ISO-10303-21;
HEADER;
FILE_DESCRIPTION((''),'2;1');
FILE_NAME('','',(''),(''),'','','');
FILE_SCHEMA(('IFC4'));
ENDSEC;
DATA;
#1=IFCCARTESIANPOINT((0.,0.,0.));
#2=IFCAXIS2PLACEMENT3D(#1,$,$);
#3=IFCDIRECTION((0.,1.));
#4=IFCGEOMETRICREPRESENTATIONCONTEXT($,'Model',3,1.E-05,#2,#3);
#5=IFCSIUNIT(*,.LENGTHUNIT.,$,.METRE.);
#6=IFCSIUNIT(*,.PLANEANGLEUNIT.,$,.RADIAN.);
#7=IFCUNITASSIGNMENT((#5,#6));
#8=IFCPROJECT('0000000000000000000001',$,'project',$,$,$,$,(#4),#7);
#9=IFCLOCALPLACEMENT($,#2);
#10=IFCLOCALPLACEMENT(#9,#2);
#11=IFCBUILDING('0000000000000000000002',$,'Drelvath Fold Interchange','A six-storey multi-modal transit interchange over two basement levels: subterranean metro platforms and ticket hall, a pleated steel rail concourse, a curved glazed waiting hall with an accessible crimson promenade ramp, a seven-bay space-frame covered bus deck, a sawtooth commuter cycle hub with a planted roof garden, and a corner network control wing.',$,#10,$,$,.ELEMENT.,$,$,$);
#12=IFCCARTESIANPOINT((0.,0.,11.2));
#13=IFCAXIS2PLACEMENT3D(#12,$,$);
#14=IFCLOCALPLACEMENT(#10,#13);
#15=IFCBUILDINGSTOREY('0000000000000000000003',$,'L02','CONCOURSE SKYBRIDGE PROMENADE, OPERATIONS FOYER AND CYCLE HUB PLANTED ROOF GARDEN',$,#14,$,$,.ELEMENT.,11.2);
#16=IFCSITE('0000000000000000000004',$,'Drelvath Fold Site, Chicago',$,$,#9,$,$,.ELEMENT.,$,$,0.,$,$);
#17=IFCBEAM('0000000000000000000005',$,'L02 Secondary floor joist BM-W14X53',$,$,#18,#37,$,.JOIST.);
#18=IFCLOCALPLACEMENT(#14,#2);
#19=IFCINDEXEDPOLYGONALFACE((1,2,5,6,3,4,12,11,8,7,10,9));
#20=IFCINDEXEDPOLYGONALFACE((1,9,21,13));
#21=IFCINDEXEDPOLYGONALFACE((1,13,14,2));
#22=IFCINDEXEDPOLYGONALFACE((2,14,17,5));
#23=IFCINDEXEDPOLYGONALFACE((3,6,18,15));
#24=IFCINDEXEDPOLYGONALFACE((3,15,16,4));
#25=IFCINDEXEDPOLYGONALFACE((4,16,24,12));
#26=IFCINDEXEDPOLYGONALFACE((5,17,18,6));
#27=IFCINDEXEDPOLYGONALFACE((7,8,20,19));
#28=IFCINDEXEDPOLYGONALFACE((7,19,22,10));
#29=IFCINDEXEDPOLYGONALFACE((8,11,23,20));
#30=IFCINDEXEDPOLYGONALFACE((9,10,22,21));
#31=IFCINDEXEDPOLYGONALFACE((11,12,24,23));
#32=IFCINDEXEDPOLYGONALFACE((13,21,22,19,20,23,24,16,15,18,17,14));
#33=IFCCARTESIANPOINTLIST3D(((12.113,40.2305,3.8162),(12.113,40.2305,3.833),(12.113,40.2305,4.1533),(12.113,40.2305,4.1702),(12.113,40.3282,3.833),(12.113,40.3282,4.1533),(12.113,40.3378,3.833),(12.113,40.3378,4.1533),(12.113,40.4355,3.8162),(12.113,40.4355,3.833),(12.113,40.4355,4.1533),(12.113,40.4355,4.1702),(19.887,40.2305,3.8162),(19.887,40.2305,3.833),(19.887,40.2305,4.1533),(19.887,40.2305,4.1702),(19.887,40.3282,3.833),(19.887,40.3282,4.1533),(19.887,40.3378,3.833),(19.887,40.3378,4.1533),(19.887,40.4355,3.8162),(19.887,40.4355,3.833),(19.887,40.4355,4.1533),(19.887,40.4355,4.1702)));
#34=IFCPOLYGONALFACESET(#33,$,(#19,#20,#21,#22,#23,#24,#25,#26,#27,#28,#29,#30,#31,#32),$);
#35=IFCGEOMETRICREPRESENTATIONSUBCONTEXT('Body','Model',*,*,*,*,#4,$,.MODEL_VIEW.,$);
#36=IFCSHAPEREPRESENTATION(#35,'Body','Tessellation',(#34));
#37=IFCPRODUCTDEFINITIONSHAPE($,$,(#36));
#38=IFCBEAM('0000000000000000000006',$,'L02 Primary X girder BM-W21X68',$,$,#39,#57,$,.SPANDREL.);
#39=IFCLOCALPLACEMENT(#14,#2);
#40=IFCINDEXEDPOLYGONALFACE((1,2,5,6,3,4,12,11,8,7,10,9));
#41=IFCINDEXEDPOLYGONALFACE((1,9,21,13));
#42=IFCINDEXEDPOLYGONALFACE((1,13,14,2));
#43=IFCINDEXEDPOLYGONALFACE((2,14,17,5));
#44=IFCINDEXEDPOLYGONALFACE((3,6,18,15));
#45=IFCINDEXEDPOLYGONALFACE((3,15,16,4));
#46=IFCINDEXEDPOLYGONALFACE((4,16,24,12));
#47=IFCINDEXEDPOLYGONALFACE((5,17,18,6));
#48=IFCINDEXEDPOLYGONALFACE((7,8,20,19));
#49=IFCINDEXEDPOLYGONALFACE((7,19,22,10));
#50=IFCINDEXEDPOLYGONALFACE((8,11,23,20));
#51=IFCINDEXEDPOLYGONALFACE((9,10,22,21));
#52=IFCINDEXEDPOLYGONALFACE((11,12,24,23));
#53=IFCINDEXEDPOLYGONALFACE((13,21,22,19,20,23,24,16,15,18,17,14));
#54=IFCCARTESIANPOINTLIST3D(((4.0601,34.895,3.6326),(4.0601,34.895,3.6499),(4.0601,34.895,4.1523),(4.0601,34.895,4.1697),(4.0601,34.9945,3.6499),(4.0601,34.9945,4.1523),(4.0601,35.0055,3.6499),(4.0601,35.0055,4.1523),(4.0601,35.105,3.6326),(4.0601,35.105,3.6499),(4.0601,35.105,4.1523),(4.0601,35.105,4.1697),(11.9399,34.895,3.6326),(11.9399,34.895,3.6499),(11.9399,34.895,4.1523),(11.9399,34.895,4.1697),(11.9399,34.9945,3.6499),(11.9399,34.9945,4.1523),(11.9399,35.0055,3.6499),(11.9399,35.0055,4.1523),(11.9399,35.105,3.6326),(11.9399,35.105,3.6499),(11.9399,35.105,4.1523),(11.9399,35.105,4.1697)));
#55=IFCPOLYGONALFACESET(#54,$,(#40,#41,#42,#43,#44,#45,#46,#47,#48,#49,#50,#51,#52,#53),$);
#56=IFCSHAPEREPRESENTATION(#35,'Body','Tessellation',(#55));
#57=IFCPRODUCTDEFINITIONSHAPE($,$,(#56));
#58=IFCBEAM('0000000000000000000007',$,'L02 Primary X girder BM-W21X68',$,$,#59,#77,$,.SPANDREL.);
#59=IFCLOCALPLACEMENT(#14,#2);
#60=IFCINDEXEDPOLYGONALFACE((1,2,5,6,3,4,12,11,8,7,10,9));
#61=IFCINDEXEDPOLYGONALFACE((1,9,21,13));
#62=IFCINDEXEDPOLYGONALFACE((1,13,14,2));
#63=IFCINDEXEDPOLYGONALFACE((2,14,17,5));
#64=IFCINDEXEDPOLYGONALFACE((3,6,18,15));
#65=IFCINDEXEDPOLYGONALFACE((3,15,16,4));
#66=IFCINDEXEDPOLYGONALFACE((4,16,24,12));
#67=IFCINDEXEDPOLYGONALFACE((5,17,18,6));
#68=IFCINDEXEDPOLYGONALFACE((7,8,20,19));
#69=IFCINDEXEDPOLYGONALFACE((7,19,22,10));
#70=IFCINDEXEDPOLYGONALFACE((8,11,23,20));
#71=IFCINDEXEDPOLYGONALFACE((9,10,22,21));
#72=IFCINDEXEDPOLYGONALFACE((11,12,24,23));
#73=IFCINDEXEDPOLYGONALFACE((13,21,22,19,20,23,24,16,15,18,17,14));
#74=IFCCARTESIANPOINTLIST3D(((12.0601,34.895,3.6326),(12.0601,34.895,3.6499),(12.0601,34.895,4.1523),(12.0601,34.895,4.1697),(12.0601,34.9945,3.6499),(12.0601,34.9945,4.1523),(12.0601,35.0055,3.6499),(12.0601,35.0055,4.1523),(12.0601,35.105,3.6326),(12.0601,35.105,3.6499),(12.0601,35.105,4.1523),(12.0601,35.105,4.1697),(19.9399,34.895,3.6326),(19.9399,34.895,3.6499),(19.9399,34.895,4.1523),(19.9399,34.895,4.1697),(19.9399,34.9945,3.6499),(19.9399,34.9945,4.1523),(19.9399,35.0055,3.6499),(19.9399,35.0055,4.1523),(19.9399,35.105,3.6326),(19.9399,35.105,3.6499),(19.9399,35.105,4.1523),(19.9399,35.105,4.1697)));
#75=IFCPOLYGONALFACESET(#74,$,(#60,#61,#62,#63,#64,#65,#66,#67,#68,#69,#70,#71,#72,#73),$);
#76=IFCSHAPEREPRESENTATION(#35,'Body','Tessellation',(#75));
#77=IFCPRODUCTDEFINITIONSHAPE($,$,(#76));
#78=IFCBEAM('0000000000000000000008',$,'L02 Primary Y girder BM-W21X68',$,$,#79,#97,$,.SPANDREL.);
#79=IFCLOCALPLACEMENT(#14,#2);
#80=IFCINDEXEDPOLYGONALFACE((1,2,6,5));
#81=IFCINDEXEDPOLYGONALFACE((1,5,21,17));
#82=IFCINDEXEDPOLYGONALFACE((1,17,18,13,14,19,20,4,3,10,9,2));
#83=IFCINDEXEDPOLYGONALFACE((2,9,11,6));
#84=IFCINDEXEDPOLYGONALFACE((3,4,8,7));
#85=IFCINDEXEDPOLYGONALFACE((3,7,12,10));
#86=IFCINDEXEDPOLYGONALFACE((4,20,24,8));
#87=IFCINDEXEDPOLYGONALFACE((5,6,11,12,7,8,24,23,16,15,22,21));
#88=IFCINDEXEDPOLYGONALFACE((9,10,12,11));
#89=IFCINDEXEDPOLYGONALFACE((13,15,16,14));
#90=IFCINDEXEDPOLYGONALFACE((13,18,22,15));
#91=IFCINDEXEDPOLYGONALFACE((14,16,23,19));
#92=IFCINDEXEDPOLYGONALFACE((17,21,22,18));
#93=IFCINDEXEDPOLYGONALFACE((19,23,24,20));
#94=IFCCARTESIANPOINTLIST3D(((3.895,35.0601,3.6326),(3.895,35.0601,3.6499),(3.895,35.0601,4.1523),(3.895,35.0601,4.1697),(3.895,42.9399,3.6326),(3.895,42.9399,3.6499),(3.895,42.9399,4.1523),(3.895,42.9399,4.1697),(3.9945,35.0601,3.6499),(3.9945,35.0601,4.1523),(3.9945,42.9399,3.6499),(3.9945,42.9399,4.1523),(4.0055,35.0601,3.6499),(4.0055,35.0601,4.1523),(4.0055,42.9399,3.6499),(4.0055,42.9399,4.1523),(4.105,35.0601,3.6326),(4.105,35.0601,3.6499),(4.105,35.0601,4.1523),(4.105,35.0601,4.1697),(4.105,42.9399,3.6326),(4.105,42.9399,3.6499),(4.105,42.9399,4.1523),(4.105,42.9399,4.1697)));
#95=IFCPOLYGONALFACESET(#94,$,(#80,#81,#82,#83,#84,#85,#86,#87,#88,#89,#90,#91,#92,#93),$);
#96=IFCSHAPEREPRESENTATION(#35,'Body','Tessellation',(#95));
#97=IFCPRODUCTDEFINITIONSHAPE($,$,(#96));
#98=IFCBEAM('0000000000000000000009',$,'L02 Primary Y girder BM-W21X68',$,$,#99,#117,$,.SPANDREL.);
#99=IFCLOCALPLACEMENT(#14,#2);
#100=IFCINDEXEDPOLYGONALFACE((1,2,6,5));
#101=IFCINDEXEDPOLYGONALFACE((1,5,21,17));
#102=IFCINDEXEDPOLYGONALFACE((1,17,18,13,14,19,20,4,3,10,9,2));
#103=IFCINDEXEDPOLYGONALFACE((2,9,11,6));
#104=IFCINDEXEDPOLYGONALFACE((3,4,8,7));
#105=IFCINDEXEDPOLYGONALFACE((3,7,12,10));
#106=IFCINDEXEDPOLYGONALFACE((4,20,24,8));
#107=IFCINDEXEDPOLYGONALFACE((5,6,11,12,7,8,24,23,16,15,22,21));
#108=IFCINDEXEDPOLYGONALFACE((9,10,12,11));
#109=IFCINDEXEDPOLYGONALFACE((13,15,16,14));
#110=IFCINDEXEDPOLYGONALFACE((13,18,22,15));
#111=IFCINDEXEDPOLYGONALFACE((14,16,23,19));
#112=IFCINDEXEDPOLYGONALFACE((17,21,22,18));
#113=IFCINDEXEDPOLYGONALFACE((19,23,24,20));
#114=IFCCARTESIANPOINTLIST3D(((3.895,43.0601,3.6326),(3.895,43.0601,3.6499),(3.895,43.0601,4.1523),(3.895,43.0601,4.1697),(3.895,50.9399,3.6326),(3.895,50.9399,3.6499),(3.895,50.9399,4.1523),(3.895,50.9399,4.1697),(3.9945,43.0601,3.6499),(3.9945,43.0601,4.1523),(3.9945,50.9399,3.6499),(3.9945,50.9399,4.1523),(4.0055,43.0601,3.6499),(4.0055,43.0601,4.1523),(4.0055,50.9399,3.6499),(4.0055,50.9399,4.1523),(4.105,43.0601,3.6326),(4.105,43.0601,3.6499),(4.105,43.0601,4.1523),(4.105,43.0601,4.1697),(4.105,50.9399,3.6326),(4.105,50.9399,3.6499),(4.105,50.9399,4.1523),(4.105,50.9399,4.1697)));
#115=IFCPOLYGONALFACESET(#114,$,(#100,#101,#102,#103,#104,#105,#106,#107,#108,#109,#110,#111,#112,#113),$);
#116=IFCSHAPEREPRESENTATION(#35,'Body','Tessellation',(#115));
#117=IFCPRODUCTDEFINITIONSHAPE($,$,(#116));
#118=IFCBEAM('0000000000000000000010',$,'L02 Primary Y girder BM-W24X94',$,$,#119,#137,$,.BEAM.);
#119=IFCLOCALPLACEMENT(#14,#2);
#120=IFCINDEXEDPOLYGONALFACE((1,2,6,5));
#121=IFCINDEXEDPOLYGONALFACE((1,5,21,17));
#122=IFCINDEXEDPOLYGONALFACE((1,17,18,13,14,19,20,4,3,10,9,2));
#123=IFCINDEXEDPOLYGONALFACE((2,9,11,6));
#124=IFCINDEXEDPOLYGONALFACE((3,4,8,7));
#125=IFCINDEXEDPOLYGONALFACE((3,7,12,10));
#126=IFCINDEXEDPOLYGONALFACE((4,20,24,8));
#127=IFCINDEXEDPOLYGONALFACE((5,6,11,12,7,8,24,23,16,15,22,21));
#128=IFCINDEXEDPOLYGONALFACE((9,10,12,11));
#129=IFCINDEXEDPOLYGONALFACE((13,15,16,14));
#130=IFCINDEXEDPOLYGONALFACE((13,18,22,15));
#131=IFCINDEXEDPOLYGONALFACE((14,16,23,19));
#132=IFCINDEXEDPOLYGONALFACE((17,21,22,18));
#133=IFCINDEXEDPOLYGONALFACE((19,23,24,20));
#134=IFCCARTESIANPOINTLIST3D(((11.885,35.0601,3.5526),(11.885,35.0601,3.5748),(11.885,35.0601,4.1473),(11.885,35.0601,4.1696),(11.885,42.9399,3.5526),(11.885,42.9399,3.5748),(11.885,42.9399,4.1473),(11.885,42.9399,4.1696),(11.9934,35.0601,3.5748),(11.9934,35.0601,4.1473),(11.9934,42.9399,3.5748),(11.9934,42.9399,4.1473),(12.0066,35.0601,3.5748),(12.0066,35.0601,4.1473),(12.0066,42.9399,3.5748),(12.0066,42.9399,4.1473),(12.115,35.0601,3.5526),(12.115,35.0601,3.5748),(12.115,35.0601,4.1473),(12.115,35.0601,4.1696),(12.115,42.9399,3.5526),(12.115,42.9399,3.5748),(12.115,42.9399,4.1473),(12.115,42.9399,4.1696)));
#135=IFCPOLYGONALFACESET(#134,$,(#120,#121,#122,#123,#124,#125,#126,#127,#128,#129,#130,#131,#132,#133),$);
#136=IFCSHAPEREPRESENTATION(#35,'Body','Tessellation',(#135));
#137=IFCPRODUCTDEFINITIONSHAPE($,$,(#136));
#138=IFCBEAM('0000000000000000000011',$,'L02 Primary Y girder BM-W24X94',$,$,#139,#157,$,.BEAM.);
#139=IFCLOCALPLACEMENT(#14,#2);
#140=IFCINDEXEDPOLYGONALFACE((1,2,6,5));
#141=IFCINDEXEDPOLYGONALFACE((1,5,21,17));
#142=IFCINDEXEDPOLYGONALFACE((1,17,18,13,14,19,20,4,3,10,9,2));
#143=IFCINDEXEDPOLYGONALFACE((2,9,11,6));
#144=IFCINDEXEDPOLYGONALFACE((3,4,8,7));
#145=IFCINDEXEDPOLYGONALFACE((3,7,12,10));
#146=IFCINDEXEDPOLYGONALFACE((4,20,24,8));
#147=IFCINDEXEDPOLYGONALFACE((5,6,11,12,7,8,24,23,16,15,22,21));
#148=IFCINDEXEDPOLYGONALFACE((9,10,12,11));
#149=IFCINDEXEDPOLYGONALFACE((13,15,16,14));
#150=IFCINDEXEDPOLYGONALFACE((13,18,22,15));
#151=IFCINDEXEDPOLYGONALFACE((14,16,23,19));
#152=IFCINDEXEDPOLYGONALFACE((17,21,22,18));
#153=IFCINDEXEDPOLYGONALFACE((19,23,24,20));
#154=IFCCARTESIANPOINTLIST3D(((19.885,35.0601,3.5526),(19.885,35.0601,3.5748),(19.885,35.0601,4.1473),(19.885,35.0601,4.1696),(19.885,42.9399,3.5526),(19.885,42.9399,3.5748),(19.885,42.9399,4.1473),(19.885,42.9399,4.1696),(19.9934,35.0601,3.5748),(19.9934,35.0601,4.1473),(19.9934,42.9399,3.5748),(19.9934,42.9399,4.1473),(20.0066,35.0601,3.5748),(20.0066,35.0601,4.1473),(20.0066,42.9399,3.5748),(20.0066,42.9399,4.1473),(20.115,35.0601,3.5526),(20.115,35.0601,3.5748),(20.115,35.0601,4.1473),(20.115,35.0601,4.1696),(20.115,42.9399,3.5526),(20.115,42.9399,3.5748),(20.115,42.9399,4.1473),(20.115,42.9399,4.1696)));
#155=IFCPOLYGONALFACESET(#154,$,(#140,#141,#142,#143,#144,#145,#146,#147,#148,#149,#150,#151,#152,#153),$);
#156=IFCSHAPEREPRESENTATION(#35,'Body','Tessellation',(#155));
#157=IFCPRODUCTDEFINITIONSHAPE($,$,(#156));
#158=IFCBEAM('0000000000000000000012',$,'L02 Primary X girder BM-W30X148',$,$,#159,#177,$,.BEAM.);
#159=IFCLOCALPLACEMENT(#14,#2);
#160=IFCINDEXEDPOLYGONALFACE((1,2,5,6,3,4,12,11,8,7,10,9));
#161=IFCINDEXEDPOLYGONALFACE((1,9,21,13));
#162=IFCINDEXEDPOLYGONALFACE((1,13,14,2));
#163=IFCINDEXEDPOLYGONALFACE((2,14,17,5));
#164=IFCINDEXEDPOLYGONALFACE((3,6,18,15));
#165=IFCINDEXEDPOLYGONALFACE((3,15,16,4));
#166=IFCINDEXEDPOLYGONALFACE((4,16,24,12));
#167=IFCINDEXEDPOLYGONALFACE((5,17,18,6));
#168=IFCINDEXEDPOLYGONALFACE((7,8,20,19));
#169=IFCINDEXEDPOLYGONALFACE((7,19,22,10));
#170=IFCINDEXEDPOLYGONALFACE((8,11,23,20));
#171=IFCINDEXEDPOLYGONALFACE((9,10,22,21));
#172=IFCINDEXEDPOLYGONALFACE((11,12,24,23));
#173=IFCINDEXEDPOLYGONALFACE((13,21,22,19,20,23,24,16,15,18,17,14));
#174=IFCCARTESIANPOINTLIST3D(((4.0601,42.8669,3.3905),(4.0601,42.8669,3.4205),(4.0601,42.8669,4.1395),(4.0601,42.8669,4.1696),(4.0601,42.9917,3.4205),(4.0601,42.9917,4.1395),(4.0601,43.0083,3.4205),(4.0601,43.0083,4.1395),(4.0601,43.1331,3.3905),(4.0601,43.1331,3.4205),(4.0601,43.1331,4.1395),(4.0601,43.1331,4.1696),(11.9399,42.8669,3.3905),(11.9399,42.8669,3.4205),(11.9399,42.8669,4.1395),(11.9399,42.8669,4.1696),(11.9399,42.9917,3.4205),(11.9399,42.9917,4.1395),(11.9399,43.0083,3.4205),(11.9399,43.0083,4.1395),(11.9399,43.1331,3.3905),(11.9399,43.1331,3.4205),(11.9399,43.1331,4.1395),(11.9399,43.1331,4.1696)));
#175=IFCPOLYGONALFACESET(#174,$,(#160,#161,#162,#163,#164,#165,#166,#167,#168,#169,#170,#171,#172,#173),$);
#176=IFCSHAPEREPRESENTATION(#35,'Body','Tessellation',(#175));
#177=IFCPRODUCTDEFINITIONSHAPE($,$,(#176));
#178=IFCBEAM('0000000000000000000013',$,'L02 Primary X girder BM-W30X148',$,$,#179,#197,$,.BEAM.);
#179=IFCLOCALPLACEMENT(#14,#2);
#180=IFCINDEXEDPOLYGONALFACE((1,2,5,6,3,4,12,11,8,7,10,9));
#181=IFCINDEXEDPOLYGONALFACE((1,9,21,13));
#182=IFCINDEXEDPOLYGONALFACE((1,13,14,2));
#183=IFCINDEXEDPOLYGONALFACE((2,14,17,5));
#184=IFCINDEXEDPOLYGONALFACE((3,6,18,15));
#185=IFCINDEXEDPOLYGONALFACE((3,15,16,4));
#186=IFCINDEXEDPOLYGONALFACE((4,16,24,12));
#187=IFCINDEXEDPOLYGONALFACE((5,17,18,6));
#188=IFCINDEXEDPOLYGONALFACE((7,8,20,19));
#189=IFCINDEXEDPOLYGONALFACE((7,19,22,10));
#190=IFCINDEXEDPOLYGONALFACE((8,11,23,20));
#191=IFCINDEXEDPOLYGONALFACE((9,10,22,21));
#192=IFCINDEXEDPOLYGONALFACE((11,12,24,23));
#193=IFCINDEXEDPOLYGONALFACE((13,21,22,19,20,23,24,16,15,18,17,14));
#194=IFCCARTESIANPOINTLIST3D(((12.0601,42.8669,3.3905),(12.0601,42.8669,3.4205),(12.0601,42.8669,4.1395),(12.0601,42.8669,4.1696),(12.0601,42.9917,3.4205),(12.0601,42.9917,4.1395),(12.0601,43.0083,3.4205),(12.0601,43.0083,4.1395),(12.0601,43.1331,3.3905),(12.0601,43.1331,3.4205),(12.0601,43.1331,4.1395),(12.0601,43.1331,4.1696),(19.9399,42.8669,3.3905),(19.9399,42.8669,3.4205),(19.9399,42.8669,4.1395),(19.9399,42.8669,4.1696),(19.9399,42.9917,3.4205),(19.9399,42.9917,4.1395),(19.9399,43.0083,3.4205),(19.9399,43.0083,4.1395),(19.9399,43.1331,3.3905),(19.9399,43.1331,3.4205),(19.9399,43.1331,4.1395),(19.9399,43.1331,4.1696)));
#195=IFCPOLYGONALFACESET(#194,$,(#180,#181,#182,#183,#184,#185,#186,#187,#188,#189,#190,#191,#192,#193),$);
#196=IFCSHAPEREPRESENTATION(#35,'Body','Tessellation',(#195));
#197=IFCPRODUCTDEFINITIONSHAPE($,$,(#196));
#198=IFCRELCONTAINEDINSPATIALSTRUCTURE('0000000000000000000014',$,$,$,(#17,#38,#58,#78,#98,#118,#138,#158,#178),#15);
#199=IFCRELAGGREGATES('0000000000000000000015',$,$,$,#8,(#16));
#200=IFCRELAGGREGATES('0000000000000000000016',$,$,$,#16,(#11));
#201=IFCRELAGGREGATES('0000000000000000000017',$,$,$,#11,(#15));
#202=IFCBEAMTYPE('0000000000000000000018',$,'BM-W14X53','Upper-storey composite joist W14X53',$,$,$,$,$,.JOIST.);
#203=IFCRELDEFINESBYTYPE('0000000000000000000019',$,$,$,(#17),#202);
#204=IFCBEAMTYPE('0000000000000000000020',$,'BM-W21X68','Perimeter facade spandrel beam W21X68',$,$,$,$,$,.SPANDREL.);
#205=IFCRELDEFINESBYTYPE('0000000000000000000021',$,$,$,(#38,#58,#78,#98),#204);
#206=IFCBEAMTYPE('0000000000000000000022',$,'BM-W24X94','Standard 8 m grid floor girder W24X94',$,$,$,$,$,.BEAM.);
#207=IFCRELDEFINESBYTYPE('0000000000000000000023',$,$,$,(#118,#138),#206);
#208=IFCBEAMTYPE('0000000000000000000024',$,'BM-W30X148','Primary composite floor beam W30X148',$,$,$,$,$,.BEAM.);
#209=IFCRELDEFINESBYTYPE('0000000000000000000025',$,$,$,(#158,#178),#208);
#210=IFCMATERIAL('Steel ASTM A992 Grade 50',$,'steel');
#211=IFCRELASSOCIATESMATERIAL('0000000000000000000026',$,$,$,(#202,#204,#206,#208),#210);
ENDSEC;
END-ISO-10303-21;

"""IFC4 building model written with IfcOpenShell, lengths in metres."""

from ifc_helpers import new_model, si_unit, direction, frame, origin, origin_2d, place, context, subcontext, project, spatial, i_section, extrude, material, material_profile, profile_set, type_object, element, save


model = new_model("IFC4")

# Units and contexts
model_context = context("Model", 3, precision=1e-05, world=origin(), true_north=direction((0.0, 1.0)))
body_context = subcontext(model_context, "Body", "Model", "MODEL_VIEW")
ifc_project = project(units=[si_unit("LENGTHUNIT", "METRE"), si_unit("PLANEANGLEUNIT", "RADIAN")], contexts=[model_context])

# Site, building, storey
site_placement = place(None, origin())
site = spatial("IfcSite", under=ifc_project, at=site_placement, Name="Drelvath Fold Site, Chicago", CompositionType="ELEMENT", RefElevation=0.0)
building_placement = place(site_placement, origin())
building = spatial("IfcBuilding", under=site, at=building_placement, Name="Drelvath Fold Interchange", Description="A six-storey multi-modal transit interchange over two basement levels: subterranean metro platforms and ticket hall, a pleated steel rail concourse, a curved glazed waiting hall with an accessible crimson promenade ramp, a seven-bay space-frame covered bus deck, a sawtooth commuter cycle hub with a planted roof garden, and a corner network control wing.", CompositionType="ELEMENT")
storey_placement = place(building_placement, frame((0.0, 0.0, 11.2)))
storey = spatial("IfcBuildingStorey", under=building, at=storey_placement, Name="L02", Description="CONCOURSE SKYBRIDGE PROMENADE, OPERATIONS FOYER AND CYCLE HUB PLANTED ROOF GARDEN", CompositionType="ELEMENT", Elevation=11.2)

# Shared definitions
ifc_material_1 = material(Name="Steel ASTM A992 Grade 50", Category="steel")

# Beams
ifc_material_profile_1 = material_profile(ifc_material_1, i_section(OverallWidth=0.2051, OverallDepth=0.354, WebThickness=0.0095, FlangeThickness=0.0168, at=origin_2d()), Name="W14X53")
ifc_profile_set_1 = profile_set([ifc_material_profile_1], Name="Steel ASTM A992 Grade 50")
beam_type_1 = type_object("IfcBeamType", Name="BM-W14X53", Description="Upper-storey composite joist W14X53", PredefinedType="JOIST", material=ifc_profile_set_1)
for number, where, z_axis, x_axis, name in (
    (1, (12.113, 40.333, 3.9932), (1.0, 0.0, 0.0), (0.0, 1.0, 0.0), "L02 Secondary floor joist BM-W14X53"),
):
    element("IfcBeam", number, at=place(storey_placement, frame(where, z_axis=z_axis, x_axis=x_axis)), inside=storey, type_object=beam_type_1, Name=name, PredefinedType="JOIST", context=body_context, shape_type="SweptSolid", body=[
        extrude(i_section(OverallWidth=0.2051, OverallDepth=0.354, WebThickness=0.0095, FlangeThickness=0.0168, at=origin_2d()), origin(), (0.0, 0.0, 1.0), 7.7739),
    ])
ifc_material_profile_2 = material_profile(ifc_material_1, i_section(OverallWidth=0.21, OverallDepth=0.5371, WebThickness=0.011, FlangeThickness=0.0173, at=origin_2d()), Name="W21X68")
ifc_profile_set_2 = profile_set([ifc_material_profile_2], Name="Steel ASTM A992 Grade 50")
beam_type_2 = type_object("IfcBeamType", Name="BM-W21X68", Description="Perimeter facade spandrel beam W21X68", PredefinedType="SPANDREL", material=ifc_profile_set_2)
for number, where, z_axis, x_axis, name in (
    (2, (4.0601, 35.0, 3.9011), (1.0, 0.0, 0.0), (0.0, 1.0, 0.0), "L02 Primary X girder BM-W21X68"),
    (3, (12.0601, 35.0, 3.9011), (1.0, 0.0, 0.0), (0.0, 1.0, 0.0), "L02 Primary X girder BM-W21X68"),
    (4, (4.0, 35.0601, 3.9011), (0.0, 1.0, 0.0), (-1.0, 0.0, 0.0), "L02 Primary Y girder BM-W21X68"),
    (5, (4.0, 43.0601, 3.9011), (0.0, 1.0, 0.0), (-1.0, 0.0, 0.0), "L02 Primary Y girder BM-W21X68"),
):
    element("IfcBeam", number, at=place(storey_placement, frame(where, z_axis=z_axis, x_axis=x_axis)), inside=storey, type_object=beam_type_2, Name=name, PredefinedType="SPANDREL", context=body_context, shape_type="SweptSolid", body=[
        extrude(i_section(OverallWidth=0.21, OverallDepth=0.5371, WebThickness=0.011, FlangeThickness=0.0173, at=origin_2d()), origin(), (0.0, 0.0, 1.0), 7.8799),
    ])
ifc_material_profile_3 = material_profile(ifc_material_1, i_section(OverallWidth=0.23, OverallDepth=0.6169, WebThickness=0.0132, FlangeThickness=0.0222, at=origin_2d()), Name="W24X94")
ifc_profile_set_3 = profile_set([ifc_material_profile_3], Name="Steel ASTM A992 Grade 50")
beam_type_3 = type_object("IfcBeamType", Name="BM-W24X94", Description="Standard 8 m grid floor girder W24X94", PredefinedType="BEAM", material=ifc_profile_set_3)
for number, where, z_axis, x_axis, name in (
    (6, (12.0, 35.0601, 3.8611), (0.0, 1.0, 0.0), (-1.0, 0.0, 0.0), "L02 Primary Y girder BM-W24X94"),
    (7, (20.0, 35.0601, 3.8611), (0.0, 1.0, 0.0), (-1.0, 0.0, 0.0), "L02 Primary Y girder BM-W24X94"),
):
    element("IfcBeam", number, at=place(storey_placement, frame(where, z_axis=z_axis, x_axis=x_axis)), inside=storey, type_object=beam_type_3, Name=name, PredefinedType="BEAM", context=body_context, shape_type="SweptSolid", body=[
        extrude(i_section(OverallWidth=0.23, OverallDepth=0.6169, WebThickness=0.0132, FlangeThickness=0.0222, at=origin_2d()), origin(), (0.0, 0.0, 1.0), 7.8799),
    ])
ifc_material_profile_4 = material_profile(ifc_material_1, i_section(OverallWidth=0.2661, OverallDepth=0.7791, WebThickness=0.0166, FlangeThickness=0.03, at=origin_2d()), Name="W30X148")
ifc_profile_set_4 = profile_set([ifc_material_profile_4], Name="Steel ASTM A992 Grade 50")
beam_type_4 = type_object("IfcBeamType", Name="BM-W30X148", Description="Primary composite floor beam W30X148", PredefinedType="BEAM", material=ifc_profile_set_4)
for number, where, z_axis, x_axis, name in (
    (8, (4.0601, 43.0, 3.78), (1.0, 0.0, 0.0), (0.0, 1.0, 0.0), "L02 Primary X girder BM-W30X148"),
    (9, (12.0601, 43.0, 3.78), (1.0, 0.0, 0.0), (0.0, 1.0, 0.0), "L02 Primary X girder BM-W30X148"),
):
    element("IfcBeam", number, at=place(storey_placement, frame(where, z_axis=z_axis, x_axis=x_axis)), inside=storey, type_object=beam_type_4, Name=name, PredefinedType="BEAM", context=body_context, shape_type="SweptSolid", body=[
        extrude(i_section(OverallWidth=0.2661, OverallDepth=0.7791, WebThickness=0.0166, FlangeThickness=0.03, at=origin_2d()), origin(), (0.0, 0.0, 1.0), 7.8799),
    ])

save(model, "model.ifc")
